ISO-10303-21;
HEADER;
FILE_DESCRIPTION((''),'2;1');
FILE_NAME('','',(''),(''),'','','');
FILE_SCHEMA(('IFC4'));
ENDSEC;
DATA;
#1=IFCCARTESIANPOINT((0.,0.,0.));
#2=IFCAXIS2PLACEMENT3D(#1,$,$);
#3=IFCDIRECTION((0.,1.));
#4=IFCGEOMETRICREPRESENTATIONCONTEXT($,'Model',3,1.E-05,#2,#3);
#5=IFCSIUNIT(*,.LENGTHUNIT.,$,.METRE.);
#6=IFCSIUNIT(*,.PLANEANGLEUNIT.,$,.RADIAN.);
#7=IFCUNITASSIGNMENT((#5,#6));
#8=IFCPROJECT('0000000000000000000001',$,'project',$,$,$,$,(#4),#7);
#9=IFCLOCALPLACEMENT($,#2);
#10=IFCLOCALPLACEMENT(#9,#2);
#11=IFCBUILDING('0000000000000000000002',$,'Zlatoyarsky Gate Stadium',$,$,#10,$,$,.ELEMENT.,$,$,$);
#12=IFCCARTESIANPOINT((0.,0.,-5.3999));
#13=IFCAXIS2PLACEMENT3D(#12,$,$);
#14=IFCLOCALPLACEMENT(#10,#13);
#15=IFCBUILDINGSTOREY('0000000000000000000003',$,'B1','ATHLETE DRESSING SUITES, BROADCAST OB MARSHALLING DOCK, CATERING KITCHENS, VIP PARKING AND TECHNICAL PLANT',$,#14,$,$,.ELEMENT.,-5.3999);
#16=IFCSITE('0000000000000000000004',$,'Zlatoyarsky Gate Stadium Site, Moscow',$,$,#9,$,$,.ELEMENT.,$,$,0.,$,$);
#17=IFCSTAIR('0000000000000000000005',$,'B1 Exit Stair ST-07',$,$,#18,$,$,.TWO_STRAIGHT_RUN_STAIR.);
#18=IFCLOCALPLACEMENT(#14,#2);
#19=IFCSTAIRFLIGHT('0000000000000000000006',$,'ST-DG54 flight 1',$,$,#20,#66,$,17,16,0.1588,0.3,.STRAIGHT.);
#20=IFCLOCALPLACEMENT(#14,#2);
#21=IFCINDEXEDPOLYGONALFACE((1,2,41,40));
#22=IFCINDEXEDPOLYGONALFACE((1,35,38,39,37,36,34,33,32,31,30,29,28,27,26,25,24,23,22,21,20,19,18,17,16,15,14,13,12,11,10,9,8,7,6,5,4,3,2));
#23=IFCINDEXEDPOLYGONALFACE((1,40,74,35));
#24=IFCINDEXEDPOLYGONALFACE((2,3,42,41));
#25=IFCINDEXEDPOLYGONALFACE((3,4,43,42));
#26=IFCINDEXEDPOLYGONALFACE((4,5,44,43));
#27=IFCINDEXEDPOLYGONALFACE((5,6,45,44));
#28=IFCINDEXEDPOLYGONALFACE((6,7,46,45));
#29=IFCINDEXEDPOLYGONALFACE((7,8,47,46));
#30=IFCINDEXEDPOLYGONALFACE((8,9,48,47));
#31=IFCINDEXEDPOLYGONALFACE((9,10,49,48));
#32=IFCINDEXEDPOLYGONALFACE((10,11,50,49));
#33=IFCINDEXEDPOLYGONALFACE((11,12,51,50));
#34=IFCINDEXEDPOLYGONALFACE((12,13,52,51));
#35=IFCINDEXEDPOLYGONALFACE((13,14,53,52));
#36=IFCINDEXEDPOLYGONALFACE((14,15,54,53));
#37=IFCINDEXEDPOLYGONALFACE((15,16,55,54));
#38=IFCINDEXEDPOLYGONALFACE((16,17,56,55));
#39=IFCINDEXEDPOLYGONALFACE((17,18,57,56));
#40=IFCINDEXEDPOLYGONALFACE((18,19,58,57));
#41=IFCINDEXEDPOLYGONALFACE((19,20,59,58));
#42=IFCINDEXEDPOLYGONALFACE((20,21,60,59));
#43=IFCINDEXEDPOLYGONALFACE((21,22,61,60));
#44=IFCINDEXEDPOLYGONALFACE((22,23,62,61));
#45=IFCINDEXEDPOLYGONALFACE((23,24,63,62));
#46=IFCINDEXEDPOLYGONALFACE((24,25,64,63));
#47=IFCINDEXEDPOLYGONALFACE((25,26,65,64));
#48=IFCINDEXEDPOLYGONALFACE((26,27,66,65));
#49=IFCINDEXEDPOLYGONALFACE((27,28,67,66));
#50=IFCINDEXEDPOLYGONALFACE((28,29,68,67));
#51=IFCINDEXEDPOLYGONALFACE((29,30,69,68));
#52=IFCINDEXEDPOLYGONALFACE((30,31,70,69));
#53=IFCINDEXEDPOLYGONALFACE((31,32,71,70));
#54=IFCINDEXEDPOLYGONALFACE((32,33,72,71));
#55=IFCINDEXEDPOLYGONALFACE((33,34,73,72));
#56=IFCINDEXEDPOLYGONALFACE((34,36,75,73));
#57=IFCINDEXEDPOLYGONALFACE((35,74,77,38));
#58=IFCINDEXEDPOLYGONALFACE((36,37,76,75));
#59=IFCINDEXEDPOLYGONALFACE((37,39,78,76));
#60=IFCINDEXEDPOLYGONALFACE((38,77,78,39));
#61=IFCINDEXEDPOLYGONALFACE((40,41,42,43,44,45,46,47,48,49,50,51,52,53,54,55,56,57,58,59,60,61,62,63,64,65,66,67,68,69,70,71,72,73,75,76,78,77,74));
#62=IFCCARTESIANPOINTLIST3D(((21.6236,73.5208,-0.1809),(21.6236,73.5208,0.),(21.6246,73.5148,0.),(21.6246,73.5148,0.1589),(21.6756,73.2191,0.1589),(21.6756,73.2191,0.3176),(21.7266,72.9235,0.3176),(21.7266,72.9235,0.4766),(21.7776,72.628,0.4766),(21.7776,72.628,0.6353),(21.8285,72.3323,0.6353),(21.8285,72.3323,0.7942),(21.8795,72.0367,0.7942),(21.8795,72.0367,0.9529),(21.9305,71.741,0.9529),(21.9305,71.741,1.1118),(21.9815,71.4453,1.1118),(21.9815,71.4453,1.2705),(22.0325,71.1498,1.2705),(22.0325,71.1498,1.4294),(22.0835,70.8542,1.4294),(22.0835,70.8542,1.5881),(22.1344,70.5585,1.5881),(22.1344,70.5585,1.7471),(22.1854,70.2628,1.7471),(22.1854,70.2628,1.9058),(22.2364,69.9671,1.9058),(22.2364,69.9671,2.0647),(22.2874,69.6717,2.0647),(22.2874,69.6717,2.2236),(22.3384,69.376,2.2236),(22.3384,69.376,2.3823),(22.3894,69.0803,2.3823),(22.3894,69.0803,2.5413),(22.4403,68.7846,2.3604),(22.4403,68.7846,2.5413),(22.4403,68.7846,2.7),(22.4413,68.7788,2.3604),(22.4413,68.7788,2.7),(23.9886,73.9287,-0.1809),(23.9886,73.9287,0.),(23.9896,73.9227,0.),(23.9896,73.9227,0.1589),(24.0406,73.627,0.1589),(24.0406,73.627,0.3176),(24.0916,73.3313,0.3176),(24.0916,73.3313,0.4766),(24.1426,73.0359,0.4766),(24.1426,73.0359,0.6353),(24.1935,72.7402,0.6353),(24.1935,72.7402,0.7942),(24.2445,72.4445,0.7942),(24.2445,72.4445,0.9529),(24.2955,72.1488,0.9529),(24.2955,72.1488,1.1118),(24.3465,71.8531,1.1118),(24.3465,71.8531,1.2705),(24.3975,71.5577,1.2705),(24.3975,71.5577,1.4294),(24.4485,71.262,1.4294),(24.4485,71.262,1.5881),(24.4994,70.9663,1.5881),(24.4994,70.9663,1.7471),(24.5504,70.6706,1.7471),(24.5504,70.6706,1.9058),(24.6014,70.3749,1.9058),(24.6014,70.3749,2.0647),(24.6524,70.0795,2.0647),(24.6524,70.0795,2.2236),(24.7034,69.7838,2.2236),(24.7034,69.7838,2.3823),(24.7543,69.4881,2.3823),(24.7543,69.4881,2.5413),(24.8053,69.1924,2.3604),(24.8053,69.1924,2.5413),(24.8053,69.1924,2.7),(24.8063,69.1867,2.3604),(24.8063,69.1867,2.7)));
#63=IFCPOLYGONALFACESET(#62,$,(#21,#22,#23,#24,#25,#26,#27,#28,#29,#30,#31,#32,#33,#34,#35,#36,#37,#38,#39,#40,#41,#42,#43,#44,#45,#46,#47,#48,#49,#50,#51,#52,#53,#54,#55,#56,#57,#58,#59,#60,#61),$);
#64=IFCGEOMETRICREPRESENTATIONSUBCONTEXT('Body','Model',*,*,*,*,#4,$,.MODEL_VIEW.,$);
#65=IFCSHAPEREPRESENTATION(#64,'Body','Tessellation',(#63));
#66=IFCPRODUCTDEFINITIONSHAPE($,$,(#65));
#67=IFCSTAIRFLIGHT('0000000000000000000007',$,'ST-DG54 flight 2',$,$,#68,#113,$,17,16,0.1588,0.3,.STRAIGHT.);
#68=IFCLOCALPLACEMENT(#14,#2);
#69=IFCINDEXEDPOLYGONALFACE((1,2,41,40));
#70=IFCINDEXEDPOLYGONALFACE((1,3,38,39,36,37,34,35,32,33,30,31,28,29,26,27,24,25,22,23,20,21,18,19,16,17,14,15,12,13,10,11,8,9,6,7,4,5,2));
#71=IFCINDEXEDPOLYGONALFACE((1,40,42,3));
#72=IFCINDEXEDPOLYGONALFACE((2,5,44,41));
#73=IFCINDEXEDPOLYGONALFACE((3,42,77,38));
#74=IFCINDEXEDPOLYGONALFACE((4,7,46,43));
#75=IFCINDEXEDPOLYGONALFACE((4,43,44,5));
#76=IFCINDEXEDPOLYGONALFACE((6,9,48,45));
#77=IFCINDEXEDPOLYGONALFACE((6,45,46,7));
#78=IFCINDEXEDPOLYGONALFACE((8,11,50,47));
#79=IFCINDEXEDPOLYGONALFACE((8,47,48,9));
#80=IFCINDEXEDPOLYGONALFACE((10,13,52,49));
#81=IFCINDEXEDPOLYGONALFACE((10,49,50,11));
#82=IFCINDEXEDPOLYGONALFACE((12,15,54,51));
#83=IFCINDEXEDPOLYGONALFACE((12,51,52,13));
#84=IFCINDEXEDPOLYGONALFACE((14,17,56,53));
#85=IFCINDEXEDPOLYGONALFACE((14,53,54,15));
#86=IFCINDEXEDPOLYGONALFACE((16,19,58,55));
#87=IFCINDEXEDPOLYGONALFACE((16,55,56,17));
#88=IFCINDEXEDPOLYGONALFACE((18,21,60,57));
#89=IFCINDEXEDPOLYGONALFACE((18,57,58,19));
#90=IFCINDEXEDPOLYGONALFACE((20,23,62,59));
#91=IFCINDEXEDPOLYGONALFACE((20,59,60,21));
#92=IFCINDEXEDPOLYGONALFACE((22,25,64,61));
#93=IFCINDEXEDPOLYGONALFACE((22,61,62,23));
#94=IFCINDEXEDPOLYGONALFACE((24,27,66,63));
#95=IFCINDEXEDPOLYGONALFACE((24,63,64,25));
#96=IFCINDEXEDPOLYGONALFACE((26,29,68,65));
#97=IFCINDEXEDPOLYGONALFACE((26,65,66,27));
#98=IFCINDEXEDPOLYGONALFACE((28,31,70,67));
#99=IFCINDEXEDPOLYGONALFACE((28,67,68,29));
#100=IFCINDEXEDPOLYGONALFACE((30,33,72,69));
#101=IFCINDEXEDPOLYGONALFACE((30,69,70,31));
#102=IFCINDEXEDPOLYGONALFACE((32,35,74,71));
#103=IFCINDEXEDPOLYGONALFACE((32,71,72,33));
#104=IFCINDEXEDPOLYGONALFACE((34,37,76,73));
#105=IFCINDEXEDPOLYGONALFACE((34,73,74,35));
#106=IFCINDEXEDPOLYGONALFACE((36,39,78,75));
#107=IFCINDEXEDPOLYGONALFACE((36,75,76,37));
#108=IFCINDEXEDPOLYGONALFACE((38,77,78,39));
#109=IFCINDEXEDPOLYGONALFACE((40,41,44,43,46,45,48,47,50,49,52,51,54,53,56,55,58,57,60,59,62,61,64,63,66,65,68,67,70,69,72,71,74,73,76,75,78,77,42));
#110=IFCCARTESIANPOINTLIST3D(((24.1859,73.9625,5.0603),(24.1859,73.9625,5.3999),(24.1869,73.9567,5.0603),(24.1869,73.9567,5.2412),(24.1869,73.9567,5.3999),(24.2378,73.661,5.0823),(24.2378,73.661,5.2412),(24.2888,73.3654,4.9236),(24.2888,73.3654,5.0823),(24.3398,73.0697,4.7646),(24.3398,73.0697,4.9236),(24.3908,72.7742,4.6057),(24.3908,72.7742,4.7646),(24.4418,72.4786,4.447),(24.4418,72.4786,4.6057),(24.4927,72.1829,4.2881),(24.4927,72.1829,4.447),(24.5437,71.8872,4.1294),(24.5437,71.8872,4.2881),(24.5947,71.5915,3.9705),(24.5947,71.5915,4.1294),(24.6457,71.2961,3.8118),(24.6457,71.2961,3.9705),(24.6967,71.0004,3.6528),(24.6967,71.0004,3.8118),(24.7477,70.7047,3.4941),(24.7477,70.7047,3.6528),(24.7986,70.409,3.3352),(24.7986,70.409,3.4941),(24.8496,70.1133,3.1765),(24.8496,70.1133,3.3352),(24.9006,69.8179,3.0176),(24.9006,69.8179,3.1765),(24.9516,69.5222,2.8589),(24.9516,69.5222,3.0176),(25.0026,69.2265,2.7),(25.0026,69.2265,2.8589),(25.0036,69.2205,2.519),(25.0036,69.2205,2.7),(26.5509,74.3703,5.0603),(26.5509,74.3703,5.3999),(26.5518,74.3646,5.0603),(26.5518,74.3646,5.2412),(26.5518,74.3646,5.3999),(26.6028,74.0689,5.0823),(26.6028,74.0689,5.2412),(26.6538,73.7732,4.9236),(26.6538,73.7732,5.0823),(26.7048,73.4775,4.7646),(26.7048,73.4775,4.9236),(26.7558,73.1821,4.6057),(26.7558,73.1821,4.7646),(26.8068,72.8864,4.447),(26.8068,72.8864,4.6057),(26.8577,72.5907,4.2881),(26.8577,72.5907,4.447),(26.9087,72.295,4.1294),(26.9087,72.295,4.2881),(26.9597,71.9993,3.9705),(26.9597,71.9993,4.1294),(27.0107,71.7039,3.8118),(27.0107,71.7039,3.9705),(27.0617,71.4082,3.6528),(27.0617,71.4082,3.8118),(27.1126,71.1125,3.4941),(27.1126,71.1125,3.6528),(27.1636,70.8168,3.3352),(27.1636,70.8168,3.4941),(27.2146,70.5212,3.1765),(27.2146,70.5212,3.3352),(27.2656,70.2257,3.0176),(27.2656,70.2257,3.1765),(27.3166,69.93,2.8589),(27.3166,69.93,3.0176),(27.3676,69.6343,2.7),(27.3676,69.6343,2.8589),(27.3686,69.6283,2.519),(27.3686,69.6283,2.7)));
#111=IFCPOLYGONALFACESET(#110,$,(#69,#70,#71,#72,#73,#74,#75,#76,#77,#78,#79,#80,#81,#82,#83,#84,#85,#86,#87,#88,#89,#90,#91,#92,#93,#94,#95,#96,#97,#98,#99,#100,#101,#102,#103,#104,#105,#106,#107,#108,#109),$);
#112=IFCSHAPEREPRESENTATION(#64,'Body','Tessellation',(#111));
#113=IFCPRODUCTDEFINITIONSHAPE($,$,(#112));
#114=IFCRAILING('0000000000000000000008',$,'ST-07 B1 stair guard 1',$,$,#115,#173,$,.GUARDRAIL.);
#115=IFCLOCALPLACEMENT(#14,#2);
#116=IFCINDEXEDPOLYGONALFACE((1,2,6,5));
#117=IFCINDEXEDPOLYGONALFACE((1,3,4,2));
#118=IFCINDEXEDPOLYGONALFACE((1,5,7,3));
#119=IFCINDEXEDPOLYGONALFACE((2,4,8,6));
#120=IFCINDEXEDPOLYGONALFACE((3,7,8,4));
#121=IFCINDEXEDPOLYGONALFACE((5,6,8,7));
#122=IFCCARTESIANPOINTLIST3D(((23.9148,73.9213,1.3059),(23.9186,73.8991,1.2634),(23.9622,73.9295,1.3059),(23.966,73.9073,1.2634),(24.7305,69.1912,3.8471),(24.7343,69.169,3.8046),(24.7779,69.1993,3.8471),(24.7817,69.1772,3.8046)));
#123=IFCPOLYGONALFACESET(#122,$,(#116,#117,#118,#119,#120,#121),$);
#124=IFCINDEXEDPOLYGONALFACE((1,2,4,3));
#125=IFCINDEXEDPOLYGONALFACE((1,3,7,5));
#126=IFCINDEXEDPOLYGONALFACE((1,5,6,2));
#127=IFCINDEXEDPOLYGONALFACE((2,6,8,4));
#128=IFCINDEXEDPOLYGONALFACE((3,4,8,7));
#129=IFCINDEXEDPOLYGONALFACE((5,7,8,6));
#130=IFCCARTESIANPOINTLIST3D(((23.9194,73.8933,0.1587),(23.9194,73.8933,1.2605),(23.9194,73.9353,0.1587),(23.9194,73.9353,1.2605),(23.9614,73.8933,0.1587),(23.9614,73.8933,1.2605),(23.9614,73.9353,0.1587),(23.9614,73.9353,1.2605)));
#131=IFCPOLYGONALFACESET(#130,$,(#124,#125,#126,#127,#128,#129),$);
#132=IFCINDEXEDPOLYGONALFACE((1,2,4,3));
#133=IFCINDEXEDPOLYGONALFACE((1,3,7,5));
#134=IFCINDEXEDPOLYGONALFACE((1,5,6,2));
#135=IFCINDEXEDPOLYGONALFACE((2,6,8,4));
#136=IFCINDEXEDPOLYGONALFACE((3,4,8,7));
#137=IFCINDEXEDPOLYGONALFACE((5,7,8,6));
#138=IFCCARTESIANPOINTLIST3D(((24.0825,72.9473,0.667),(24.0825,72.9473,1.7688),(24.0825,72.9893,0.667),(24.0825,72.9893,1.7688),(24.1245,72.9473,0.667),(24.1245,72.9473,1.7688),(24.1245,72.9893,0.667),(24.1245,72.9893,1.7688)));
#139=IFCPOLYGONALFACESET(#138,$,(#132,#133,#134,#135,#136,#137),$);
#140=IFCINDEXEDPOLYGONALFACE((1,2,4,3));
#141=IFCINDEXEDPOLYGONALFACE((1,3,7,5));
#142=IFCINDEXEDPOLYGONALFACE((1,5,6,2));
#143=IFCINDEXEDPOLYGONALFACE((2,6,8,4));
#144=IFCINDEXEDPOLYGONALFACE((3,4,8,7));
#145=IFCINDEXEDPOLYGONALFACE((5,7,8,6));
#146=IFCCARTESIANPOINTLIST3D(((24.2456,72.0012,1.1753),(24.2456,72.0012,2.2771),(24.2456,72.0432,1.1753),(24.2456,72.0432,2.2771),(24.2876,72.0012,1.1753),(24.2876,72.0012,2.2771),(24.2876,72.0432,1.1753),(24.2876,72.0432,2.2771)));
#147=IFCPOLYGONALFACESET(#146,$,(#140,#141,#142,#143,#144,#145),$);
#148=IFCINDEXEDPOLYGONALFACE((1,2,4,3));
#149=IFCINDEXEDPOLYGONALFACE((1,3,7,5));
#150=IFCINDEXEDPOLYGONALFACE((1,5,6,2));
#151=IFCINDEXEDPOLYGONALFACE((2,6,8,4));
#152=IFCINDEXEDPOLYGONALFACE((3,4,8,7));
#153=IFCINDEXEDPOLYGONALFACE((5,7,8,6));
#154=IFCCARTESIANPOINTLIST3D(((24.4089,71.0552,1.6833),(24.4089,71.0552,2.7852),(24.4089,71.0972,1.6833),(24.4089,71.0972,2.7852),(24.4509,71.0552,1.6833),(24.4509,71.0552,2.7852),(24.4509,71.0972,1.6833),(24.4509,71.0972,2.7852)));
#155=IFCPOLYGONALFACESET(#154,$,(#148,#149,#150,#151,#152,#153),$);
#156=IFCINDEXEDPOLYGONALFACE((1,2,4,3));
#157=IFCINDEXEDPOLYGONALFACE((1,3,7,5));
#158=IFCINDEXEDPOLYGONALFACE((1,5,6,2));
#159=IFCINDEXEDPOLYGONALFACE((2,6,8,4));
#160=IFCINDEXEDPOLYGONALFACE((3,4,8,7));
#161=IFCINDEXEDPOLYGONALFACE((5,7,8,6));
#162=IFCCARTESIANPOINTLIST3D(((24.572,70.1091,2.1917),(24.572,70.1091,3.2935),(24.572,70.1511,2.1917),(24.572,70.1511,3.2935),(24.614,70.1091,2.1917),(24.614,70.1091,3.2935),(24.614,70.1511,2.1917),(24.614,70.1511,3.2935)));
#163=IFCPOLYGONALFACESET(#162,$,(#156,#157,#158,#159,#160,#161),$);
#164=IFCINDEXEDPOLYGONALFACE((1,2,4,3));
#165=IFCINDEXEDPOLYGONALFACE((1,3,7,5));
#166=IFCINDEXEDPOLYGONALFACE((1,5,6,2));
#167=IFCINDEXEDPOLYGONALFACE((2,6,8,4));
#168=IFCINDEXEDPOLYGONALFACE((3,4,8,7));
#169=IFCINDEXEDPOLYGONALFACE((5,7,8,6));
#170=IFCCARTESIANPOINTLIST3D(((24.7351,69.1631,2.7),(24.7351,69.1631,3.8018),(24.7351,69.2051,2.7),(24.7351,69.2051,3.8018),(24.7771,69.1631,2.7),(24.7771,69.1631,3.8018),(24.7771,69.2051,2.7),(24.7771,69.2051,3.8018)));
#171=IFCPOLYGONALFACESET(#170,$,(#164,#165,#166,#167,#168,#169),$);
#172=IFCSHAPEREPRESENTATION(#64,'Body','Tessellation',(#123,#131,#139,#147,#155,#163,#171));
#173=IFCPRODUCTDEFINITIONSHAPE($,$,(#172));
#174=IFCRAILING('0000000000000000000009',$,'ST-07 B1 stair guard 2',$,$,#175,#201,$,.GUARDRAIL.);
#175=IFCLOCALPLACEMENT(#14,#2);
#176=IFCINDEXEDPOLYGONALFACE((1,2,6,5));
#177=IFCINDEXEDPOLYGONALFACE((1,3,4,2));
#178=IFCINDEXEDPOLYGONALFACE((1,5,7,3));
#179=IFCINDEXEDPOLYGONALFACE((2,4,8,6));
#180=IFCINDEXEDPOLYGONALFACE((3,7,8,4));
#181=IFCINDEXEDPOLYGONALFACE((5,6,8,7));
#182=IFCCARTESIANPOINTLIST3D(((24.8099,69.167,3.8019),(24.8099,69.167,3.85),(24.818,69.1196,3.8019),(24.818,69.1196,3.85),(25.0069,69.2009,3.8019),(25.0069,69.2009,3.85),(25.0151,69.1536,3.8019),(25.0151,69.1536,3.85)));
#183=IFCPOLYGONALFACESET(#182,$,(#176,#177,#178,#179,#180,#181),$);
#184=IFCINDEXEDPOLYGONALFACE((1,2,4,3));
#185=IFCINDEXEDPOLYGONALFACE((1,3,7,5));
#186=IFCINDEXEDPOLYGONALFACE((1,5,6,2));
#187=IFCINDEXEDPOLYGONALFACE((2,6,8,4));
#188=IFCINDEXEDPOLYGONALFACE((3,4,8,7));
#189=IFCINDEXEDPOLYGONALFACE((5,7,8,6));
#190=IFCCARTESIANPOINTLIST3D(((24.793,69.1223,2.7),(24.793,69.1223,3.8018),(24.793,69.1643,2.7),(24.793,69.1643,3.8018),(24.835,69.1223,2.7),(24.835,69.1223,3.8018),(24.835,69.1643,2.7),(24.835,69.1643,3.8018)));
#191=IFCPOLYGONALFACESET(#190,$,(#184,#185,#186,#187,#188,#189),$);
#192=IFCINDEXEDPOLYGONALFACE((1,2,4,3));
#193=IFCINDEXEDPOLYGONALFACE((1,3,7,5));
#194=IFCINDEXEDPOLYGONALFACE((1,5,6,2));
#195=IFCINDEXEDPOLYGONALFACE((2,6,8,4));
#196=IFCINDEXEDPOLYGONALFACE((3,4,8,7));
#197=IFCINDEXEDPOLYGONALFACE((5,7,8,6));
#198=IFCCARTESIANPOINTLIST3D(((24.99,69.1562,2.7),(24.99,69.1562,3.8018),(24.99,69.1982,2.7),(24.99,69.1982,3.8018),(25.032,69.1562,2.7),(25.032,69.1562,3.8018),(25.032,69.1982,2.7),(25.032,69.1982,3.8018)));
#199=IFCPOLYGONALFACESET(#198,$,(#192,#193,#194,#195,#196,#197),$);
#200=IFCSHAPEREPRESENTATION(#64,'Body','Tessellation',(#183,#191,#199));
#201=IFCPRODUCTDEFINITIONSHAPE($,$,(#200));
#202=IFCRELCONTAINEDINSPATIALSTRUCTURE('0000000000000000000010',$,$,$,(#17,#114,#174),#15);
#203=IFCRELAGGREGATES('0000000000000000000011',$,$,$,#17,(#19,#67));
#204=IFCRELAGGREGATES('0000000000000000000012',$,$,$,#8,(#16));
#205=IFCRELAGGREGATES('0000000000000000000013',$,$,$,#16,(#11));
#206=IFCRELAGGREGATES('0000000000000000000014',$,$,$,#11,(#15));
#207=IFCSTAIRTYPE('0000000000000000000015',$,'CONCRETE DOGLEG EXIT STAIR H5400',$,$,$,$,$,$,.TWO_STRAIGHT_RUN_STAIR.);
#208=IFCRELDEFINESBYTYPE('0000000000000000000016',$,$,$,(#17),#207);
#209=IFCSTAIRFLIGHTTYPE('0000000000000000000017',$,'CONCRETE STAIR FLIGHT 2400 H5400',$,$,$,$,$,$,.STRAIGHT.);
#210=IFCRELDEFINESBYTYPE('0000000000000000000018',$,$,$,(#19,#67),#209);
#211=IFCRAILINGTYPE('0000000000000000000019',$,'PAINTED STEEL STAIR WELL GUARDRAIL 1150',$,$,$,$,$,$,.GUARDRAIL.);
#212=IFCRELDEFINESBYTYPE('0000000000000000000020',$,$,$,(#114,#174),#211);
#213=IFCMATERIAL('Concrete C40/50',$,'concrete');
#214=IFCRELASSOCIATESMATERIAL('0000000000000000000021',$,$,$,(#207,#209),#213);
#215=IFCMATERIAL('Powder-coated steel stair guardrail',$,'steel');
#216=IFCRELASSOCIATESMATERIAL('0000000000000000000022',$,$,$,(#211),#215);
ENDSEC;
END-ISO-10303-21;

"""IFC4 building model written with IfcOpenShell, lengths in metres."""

from ifc_helpers import new_model, si_unit, direction, frame, origin, origin_2d, place, context, subcontext, project, spatial, polyline, rectangle, outline, extrude, material, type_object, element, aggregate, save


model = new_model("IFC4")

# Units and contexts
model_context = context("Model", 3, precision=1e-05, world=origin(), true_north=direction((0.0, 1.0)))
body_context = subcontext(model_context, "Body", "Model", "MODEL_VIEW")
ifc_project = project(units=[si_unit("LENGTHUNIT", "METRE"), si_unit("PLANEANGLEUNIT", "RADIAN")], contexts=[model_context])

# Site, building, storey
site_placement = place(None, origin())
site = spatial("IfcSite", under=ifc_project, at=site_placement, Name="Zlatoyarsky Gate Stadium Site, Moscow", CompositionType="ELEMENT", RefElevation=0.0)
building_placement = place(site_placement, origin())
building = spatial("IfcBuilding", under=site, at=building_placement, Name="Zlatoyarsky Gate Stadium", CompositionType="ELEMENT")
storey_placement = place(building_placement, frame((0.0, 0.0, -5.3999)))
storey = spatial("IfcBuildingStorey", under=building, at=storey_placement, Name="B1", Description="ATHLETE DRESSING SUITES, BROADCAST OB MARSHALLING DOCK, CATERING KITCHENS, VIP PARKING AND TECHNICAL PLANT", CompositionType="ELEMENT", Elevation=-5.3999)

# Shared definitions
ifc_material_1 = material(Name="Concrete C40/50", Category="concrete")

# Stair, stair flights
stair_type = type_object("IfcStairType", Name="CONCRETE DOGLEG EXIT STAIR H5400", PredefinedType="TWO_STRAIGHT_RUN_STAIR", material=ifc_material_1)
stair_placement = place(storey_placement, origin())
stair = element("IfcStair", 1, at=stair_placement, inside=storey, type_object=stair_type, Name="B1 Exit Stair ST-07", PredefinedType="TWO_STRAIGHT_RUN_STAIR")
stair_flight_type = type_object("IfcStairFlightType", Name="CONCRETE STAIR FLIGHT 2400 H5400", PredefinedType="STRAIGHT", material=ifc_material_1)
stair_flight_1_placement = place(storey_placement, frame((22.8071, 73.7188, 0.0), z_axis=(0.0, 0.0, 1.0), x_axis=(0.169938, -0.985455, 0.0)))
stair_flight_1 = element("IfcStairFlight", 2, at=stair_flight_1_placement, type_object=stair_flight_type, Name="ST-DG54 flight 1", NumberOfRisers=17, NumberOfTreads=16, PredefinedType="STRAIGHT", RiserHeight=0.1588, TreadLength=0.3, context=body_context, shape_type="SweptSolid", body=[
    extrude(outline(polyline([(-0.0061, -0.1809), (-0.0061, 0.0), (0.0, 0.0), (0.0, 0.1589), (0.3, 0.1589), (0.3, 0.3176), (0.6001, 0.3176), (0.6001, 0.4766), (0.8999, 0.4766), (0.8999, 0.6353), (1.2, 0.6353), (1.2, 0.7942), (1.5, 0.7942), (1.5, 0.9529), (1.8, 0.9529), (1.8, 1.1118), (2.1001, 1.1118), (2.1001, 1.2705), (2.3999, 1.2705), (2.3999, 1.4294), (2.7, 1.4294), (2.7, 1.5881), (3.0, 1.5881), (3.0, 1.7471), (3.3, 1.7471), (3.3, 1.9058), (3.6001, 1.9058), (3.6001, 2.0647), (3.8999, 2.0647), (3.8999, 2.2236), (4.2, 2.2236), (4.2, 2.3823), (4.5, 2.3823), (4.5, 2.5413), (4.8, 2.5413), (4.8, 2.7), (4.8059, 2.7), (4.8059, 2.3604), (4.8, 2.3604), (-0.0061, -0.1809)])), frame((0.0, 1.2, 0.0), z_axis=(0.0, -1.0, 0.0), x_axis=(1.0, 0.0, 0.0)), (0.0, 0.0, 1.0), 2.3999),
])
stair_flight_2_placement = place(storey_placement, frame((26.1851, 69.4304, 2.7), z_axis=(0.0, 0.0, 1.0), x_axis=(-0.169938, 0.985455, 0.0)))
stair_flight_2 = element("IfcStairFlight", 3, at=stair_flight_2_placement, type_object=stair_flight_type, Name="ST-DG54 flight 2", NumberOfRisers=17, NumberOfTreads=16, PredefinedType="STRAIGHT", RiserHeight=0.1588, TreadLength=0.3, context=body_context, shape_type="SweptSolid", body=[
    extrude(outline(polyline([(-0.0061, -0.1809), (-0.0061, 0.0), (0.0, 0.0), (0.0, 0.1589), (0.3, 0.1589), (0.3, 0.3176), (0.6001, 0.3176), (0.6001, 0.4766), (0.8999, 0.4766), (0.8999, 0.6353), (1.2, 0.6353), (1.2, 0.7942), (1.5, 0.7942), (1.5, 0.9529), (1.8, 0.9529), (1.8, 1.1118), (2.1001, 1.1118), (2.1001, 1.2705), (2.3999, 1.2705), (2.3999, 1.4294), (2.7, 1.4294), (2.7, 1.5881), (3.0, 1.5881), (3.0, 1.7471), (3.3, 1.7471), (3.3, 1.9058), (3.6001, 1.9058), (3.6001, 2.0647), (3.8999, 2.0647), (3.8999, 2.2236), (4.2, 2.2236), (4.2, 2.3823), (4.5, 2.3823), (4.5, 2.5413), (4.8, 2.5413), (4.8, 2.7), (4.8059, 2.7), (4.8059, 2.3604), (4.8, 2.3604), (-0.0061, -0.1809)])), frame((0.0, 1.2, 0.0), z_axis=(0.0, -1.0, 0.0), x_axis=(1.0, 0.0, 0.0)), (0.0, 0.0, 1.0), 2.3999),
])
aggregate(stair, [stair_flight_1, stair_flight_2])

# Railings
ifc_material_2 = material(Name="Powder-coated steel stair guardrail", Category="steel")
railing_type_1 = type_object("IfcRailingType", Name="PAINTED STEEL STAIR WELL GUARDRAIL 1150", PredefinedType="GUARDRAIL", material=ifc_material_2)
railing_1_placement = place(storey_placement, frame((23.9404, 73.9143, 0.1587)))
element("IfcRailing", 4, at=railing_1_placement, inside=storey, type_object=railing_type_1, Name="ST-07 B1 stair guard 1", PredefinedType="GUARDRAIL", context=body_context, shape_type="SweptSolid", body=[
    extrude(rectangle(XDim=0.0481, YDim=0.0481, at=origin_2d()), frame((0.0, 0.0, 1.126), z_axis=(0.150182, -0.870929, 0.467897), x_axis=(0.985456, 0.169931, 0.0)), (0.0, 0.0, 1.0), 5.4312),
    extrude(rectangle(XDim=0.042, YDim=0.042, at=origin_2d()), origin(), (0.0, 0.0, 1.0), 1.1018),
    extrude(rectangle(XDim=0.042, YDim=0.042, at=origin_2d()), frame((0.1631, -0.946, 0.5083)), (0.0, 0.0, 1.0), 1.1018),
    extrude(rectangle(XDim=0.042, YDim=0.042, at=origin_2d()), frame((0.3262, -1.8921, 1.0166)), (0.0, 0.0, 1.0), 1.1018),
    extrude(rectangle(XDim=0.042, YDim=0.042, at=origin_2d()), frame((0.4895, -2.8381, 1.5247)), (0.0, 0.0, 1.0), 1.1018),
    extrude(rectangle(XDim=0.042, YDim=0.042, at=origin_2d()), frame((0.6526, -3.7842, 2.033)), (0.0, 0.0, 1.0), 1.1018),
    extrude(rectangle(XDim=0.042, YDim=0.042, at=origin_2d()), frame((0.8157, -4.7302, 2.5413)), (0.0, 0.0, 1.0), 1.1018),
])
railing_2_placement = place(storey_placement, frame((24.814, 69.1433, 2.7)))
element("IfcRailing", 5, at=railing_2_placement, inside=storey, type_object=railing_type_1, Name="ST-07 B1 stair guard 2", PredefinedType="GUARDRAIL", context=body_context, shape_type="SweptSolid", body=[
    extrude(rectangle(XDim=0.0481, YDim=0.0481, at=origin_2d()), frame((0.0, 0.0, 1.126), z_axis=(0.985488, 0.169743, 0.0), x_axis=(-0.169743, 0.985488, 0.0)), (0.0, 0.0, 1.0), 0.2),
    extrude(rectangle(XDim=0.042, YDim=0.042, at=origin_2d()), origin(), (0.0, 0.0, 1.0), 1.1018),
    extrude(rectangle(XDim=0.042, YDim=0.042, at=origin_2d()), frame((0.197, 0.0339, 0.0)), (0.0, 0.0, 1.0), 1.1018),
])

save(model, "model.ifc")
